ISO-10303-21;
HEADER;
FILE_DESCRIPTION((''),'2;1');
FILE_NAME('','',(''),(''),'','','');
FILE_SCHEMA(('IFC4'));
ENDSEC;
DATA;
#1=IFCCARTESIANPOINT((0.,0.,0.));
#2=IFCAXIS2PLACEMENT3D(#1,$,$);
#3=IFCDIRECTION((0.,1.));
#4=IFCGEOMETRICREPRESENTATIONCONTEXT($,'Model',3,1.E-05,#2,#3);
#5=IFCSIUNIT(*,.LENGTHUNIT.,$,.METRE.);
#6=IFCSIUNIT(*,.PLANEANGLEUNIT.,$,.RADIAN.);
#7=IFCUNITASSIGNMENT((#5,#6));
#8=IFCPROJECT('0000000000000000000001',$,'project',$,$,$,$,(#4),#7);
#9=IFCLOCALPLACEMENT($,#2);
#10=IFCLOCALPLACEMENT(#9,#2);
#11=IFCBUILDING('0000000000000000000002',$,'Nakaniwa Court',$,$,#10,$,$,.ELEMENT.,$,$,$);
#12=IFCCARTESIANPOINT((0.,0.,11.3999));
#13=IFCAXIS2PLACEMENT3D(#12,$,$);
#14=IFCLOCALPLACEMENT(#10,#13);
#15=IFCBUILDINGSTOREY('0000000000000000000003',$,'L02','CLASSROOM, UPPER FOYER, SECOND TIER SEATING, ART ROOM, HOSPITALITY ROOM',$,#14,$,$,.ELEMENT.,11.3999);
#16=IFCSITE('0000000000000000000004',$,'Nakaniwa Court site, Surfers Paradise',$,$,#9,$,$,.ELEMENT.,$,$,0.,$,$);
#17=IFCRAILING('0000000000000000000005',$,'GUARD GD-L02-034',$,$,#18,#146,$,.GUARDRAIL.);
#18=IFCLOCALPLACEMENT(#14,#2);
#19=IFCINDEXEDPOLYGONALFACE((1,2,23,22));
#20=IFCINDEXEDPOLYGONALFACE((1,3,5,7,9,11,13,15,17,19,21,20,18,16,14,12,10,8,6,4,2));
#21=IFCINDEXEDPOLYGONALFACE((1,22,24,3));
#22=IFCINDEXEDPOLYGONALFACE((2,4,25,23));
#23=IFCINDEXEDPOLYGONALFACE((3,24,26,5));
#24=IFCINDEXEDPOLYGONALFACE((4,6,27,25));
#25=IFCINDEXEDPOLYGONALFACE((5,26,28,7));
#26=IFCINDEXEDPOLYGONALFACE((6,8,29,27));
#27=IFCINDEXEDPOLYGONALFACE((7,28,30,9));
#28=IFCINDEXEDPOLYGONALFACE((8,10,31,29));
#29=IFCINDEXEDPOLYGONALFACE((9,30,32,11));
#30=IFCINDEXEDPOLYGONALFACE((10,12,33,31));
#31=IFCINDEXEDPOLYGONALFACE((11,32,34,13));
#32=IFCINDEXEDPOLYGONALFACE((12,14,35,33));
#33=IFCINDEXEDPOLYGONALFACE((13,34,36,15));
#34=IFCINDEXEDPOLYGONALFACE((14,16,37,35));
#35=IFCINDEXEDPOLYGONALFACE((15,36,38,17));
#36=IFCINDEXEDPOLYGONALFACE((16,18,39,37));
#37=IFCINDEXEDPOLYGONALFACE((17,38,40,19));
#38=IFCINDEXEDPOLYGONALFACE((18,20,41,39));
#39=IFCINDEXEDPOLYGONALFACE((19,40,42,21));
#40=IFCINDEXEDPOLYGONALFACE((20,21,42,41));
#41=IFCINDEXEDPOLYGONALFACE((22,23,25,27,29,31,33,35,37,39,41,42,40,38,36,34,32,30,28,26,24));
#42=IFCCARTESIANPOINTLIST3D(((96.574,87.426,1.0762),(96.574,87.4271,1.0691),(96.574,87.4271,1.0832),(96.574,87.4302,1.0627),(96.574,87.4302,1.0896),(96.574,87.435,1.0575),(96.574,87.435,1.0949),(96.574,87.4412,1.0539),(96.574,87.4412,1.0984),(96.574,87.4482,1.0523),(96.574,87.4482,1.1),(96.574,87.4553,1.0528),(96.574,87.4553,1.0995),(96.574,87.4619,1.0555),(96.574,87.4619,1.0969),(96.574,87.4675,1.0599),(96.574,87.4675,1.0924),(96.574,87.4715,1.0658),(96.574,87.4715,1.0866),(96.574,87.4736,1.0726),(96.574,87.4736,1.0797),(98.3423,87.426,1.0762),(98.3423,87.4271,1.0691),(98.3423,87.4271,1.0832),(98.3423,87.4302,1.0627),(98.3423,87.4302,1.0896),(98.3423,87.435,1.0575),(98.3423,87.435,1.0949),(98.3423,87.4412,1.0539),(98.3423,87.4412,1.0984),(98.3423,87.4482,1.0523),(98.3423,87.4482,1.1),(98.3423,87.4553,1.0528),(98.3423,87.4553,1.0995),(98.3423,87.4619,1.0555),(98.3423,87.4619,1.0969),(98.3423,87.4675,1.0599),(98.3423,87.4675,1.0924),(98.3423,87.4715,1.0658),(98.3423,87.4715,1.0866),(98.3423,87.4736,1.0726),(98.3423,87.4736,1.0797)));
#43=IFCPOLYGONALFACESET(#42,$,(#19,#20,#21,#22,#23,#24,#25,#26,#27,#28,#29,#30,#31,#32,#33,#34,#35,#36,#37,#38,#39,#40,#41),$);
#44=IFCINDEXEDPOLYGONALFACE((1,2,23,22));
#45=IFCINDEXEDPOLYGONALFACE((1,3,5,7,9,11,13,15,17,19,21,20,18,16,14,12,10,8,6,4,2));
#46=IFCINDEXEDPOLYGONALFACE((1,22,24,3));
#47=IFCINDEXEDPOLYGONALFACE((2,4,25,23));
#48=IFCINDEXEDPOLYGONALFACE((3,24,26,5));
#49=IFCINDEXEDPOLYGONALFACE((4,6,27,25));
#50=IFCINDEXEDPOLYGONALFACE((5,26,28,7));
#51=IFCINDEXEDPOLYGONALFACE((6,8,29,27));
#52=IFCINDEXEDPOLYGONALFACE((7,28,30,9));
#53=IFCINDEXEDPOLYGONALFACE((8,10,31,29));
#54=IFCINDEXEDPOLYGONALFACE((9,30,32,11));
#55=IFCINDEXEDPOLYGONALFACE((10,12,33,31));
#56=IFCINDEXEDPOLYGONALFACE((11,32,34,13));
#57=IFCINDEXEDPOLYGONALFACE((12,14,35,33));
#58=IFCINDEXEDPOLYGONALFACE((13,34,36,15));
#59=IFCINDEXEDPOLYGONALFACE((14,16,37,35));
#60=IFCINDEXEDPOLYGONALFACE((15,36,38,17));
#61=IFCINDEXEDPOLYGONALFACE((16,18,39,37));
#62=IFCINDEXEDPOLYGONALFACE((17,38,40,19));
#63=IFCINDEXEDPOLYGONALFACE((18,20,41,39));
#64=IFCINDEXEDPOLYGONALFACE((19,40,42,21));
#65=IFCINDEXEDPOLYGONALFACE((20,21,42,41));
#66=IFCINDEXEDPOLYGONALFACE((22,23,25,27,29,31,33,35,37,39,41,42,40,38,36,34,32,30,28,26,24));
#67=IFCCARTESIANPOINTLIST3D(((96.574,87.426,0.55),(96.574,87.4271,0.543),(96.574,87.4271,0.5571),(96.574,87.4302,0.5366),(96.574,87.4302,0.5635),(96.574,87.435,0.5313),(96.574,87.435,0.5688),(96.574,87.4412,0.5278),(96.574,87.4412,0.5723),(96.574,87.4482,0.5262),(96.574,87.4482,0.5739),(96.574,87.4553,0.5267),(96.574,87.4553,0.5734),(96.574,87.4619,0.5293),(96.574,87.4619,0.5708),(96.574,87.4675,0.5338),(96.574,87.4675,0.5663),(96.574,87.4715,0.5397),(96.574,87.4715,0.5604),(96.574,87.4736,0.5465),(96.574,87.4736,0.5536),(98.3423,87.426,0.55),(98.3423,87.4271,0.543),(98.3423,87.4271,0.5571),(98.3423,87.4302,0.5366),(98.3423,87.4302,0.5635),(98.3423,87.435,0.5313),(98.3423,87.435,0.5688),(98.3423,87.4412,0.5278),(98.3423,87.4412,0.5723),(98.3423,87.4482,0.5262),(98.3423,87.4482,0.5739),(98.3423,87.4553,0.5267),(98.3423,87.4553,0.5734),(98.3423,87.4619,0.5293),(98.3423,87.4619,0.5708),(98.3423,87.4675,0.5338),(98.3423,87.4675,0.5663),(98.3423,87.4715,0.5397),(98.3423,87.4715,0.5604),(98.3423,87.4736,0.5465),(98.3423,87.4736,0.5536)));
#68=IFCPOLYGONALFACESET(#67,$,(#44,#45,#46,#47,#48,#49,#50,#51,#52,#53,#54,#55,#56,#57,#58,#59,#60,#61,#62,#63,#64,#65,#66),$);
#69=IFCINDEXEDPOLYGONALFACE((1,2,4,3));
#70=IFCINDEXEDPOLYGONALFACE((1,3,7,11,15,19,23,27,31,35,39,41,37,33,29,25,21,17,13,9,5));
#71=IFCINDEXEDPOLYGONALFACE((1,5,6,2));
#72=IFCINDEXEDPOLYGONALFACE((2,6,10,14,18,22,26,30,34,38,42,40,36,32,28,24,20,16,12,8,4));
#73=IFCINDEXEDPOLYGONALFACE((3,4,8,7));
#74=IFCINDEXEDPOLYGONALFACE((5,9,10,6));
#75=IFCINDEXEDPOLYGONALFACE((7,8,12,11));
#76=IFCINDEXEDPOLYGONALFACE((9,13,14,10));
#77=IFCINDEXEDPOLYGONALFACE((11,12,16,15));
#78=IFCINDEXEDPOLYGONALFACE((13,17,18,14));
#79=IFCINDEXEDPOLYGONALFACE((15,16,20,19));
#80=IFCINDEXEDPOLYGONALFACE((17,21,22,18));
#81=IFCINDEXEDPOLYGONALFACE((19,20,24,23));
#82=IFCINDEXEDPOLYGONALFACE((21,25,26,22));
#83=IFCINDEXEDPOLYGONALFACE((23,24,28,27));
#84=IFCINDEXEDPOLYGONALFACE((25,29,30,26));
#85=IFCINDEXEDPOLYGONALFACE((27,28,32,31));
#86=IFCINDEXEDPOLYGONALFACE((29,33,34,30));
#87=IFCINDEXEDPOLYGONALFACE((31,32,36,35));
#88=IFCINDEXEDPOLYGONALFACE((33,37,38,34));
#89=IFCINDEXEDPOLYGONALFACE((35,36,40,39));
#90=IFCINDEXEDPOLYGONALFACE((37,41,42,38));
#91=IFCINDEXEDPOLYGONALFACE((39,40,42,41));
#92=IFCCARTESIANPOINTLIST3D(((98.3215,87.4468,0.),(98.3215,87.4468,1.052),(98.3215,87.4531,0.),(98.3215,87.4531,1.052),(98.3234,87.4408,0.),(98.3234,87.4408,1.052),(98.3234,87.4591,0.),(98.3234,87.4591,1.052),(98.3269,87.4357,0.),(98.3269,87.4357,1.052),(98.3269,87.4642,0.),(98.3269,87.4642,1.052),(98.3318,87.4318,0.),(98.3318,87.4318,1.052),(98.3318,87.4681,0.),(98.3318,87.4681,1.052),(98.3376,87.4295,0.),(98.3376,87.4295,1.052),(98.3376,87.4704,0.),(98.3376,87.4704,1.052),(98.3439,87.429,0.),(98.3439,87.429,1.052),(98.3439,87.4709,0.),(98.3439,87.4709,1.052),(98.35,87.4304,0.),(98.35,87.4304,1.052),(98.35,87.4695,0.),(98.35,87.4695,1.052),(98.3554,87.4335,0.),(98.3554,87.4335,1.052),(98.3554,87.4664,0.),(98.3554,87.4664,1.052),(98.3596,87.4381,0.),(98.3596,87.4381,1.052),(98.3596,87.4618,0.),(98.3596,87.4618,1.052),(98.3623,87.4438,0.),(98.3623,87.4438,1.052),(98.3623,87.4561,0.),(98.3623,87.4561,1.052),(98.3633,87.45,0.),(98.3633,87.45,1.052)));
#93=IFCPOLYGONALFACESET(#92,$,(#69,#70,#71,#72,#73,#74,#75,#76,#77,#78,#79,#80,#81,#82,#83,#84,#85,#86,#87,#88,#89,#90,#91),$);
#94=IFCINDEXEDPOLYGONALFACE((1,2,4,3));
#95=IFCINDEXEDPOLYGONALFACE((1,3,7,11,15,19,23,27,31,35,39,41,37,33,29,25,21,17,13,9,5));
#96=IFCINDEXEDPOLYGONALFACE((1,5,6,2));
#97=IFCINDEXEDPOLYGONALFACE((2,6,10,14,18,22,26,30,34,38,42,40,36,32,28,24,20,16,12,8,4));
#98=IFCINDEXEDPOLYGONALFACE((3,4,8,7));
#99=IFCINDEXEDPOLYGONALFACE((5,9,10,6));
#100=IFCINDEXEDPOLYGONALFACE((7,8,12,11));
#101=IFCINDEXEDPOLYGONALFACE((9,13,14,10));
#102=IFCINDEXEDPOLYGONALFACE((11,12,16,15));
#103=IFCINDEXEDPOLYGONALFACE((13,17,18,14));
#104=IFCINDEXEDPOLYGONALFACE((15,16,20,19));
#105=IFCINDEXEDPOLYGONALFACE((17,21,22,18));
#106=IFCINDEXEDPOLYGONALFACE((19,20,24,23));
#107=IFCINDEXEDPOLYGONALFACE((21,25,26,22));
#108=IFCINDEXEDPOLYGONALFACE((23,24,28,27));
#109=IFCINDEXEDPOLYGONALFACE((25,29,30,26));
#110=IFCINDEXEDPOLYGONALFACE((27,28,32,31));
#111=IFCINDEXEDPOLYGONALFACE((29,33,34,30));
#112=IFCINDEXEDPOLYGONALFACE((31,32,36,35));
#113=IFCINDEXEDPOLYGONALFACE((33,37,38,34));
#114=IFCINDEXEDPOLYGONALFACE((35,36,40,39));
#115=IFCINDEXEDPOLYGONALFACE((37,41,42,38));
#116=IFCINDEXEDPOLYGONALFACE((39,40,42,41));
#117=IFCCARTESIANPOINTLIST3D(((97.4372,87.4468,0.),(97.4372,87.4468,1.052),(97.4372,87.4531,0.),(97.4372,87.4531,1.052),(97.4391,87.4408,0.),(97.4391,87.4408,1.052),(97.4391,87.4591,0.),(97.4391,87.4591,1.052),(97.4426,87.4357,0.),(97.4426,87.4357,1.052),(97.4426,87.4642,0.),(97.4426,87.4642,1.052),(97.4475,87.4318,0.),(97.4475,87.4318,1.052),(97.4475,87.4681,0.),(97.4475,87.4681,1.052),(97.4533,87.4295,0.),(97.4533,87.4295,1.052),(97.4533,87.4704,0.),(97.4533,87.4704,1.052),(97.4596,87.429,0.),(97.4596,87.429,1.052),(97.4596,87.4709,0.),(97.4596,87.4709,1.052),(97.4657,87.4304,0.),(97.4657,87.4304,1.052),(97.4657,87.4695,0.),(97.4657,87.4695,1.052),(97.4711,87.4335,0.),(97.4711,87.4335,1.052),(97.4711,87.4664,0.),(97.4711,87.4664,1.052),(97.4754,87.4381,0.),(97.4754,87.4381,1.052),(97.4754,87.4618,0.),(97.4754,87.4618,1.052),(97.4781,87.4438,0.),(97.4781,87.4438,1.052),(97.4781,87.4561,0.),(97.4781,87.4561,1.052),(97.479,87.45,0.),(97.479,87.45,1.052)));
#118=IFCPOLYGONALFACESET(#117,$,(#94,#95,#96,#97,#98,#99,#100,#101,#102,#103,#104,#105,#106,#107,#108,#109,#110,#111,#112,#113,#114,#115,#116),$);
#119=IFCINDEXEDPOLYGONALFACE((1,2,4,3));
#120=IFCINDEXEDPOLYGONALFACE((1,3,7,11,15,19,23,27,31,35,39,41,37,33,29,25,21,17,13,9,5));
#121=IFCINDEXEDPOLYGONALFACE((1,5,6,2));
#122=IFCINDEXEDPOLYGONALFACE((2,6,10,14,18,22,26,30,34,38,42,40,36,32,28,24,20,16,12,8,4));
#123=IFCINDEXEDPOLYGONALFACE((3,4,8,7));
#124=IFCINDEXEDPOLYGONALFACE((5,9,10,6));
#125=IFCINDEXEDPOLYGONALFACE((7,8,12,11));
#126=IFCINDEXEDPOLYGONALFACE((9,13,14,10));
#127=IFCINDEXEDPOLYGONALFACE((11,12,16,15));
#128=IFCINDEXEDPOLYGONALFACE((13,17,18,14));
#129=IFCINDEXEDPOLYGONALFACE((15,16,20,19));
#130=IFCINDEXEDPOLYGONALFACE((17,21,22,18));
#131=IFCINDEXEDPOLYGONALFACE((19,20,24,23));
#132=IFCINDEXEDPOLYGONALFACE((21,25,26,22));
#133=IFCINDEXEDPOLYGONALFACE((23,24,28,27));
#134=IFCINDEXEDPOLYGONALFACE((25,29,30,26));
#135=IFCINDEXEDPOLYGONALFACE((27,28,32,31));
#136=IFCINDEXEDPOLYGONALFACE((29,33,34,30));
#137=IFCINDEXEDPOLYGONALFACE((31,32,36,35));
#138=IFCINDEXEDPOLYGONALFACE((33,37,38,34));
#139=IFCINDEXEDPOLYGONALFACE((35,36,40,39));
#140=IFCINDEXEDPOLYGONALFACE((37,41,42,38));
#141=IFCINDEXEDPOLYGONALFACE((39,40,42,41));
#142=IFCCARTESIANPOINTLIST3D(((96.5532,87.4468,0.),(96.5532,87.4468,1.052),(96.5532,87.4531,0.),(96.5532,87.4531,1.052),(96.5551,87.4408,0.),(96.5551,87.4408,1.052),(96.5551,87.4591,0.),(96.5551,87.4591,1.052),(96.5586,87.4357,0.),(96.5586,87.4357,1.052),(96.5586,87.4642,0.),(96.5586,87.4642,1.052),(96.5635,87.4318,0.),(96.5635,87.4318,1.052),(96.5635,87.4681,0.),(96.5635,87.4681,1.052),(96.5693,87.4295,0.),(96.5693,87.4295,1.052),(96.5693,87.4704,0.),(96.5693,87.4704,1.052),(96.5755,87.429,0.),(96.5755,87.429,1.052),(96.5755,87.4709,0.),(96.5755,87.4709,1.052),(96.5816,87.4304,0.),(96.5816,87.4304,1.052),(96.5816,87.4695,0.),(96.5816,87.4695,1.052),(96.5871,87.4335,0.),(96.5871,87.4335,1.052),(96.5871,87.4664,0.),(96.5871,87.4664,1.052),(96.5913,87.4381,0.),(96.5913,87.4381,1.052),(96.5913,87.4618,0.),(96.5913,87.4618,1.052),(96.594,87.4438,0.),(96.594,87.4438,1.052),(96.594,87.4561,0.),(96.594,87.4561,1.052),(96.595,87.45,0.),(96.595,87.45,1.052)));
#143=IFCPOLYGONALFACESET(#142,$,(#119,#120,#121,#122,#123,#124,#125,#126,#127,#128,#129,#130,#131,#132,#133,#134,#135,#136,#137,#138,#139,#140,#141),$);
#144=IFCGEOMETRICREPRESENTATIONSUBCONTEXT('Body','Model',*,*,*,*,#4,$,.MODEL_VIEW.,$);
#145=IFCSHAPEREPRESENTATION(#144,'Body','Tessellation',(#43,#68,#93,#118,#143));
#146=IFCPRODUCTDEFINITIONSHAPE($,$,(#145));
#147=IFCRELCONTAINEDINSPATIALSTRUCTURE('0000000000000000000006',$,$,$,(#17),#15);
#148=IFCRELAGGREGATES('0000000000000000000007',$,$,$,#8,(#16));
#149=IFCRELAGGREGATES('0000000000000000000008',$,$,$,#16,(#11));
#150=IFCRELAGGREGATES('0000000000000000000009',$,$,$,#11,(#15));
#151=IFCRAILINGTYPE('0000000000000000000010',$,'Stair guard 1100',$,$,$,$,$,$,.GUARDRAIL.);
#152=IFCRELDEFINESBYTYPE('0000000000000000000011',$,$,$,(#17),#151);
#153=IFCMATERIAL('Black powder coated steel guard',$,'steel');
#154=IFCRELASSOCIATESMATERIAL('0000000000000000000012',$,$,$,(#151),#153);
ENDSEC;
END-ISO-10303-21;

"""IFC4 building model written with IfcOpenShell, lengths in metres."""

from ifc_helpers import new_model, si_unit, direction, frame, origin, origin_2d, place, context, subcontext, project, spatial, circle, extrude, material, type_object, element, save


model = new_model("IFC4")

# Units and contexts
model_context = context("Model", 3, precision=1e-05, world=origin(), true_north=direction((0.0, 1.0)))
body_context = subcontext(model_context, "Body", "Model", "MODEL_VIEW")
ifc_project = project(units=[si_unit("LENGTHUNIT", "METRE"), si_unit("PLANEANGLEUNIT", "RADIAN")], contexts=[model_context])

# Site, building, storey
site_placement = place(None, origin())
site = spatial("IfcSite", under=ifc_project, at=site_placement, Name="Nakaniwa Court site, Surfers Paradise", CompositionType="ELEMENT", RefElevation=0.0)
building_placement = place(site_placement, origin())
building = spatial("IfcBuilding", under=site, at=building_placement, Name="Nakaniwa Court", CompositionType="ELEMENT")
storey_placement = place(building_placement, frame((0.0, 0.0, 11.3999)))
storey = spatial("IfcBuildingStorey", under=building, at=storey_placement, Name="L02", Description="CLASSROOM, UPPER FOYER, SECOND TIER SEATING, ART ROOM, HOSPITALITY ROOM", CompositionType="ELEMENT", Elevation=11.3999)

# Railing
ifc_material_1 = material(Name="Black powder coated steel guard", Category="steel")
railing_type = type_object("IfcRailingType", Name="Stair guard 1100", PredefinedType="GUARDRAIL", material=ifc_material_1)
railing_1_placement = place(storey_placement, frame((98.3423, 87.45, 0.0)))
element("IfcRailing", 1, at=railing_1_placement, inside=storey, type_object=railing_type, Name="GUARD GD-L02-034", PredefinedType="GUARDRAIL", context=body_context, shape_type="SweptSolid", body=[
    extrude(circle(Radius=0.0239, at=origin_2d()), frame((0.0, 0.0, 1.0762), z_axis=(-1.0, 0.0, 0.0), x_axis=(0.0, -1.0, 0.0)), (0.0, 0.0, 1.0), 1.7683),
    extrude(circle(Radius=0.0239, at=origin_2d()), frame((0.0, 0.0, 0.55), z_axis=(-1.0, 0.0, 0.0), x_axis=(0.0, -1.0, 0.0)), (0.0, 0.0, 1.0), 1.7683),
    extrude(circle(Radius=0.021, at=origin_2d()), origin(), (0.0, 0.0, 1.0), 1.052),
    extrude(circle(Radius=0.021, at=origin_2d()), frame((-0.8843, 0.0, 0.0)), (0.0, 0.0, 1.0), 1.052),
    extrude(circle(Radius=0.021, at=origin_2d()), frame((-1.7683, 0.0, 0.0)), (0.0, 0.0, 1.0), 1.052),
])

save(model, "model.ifc")
